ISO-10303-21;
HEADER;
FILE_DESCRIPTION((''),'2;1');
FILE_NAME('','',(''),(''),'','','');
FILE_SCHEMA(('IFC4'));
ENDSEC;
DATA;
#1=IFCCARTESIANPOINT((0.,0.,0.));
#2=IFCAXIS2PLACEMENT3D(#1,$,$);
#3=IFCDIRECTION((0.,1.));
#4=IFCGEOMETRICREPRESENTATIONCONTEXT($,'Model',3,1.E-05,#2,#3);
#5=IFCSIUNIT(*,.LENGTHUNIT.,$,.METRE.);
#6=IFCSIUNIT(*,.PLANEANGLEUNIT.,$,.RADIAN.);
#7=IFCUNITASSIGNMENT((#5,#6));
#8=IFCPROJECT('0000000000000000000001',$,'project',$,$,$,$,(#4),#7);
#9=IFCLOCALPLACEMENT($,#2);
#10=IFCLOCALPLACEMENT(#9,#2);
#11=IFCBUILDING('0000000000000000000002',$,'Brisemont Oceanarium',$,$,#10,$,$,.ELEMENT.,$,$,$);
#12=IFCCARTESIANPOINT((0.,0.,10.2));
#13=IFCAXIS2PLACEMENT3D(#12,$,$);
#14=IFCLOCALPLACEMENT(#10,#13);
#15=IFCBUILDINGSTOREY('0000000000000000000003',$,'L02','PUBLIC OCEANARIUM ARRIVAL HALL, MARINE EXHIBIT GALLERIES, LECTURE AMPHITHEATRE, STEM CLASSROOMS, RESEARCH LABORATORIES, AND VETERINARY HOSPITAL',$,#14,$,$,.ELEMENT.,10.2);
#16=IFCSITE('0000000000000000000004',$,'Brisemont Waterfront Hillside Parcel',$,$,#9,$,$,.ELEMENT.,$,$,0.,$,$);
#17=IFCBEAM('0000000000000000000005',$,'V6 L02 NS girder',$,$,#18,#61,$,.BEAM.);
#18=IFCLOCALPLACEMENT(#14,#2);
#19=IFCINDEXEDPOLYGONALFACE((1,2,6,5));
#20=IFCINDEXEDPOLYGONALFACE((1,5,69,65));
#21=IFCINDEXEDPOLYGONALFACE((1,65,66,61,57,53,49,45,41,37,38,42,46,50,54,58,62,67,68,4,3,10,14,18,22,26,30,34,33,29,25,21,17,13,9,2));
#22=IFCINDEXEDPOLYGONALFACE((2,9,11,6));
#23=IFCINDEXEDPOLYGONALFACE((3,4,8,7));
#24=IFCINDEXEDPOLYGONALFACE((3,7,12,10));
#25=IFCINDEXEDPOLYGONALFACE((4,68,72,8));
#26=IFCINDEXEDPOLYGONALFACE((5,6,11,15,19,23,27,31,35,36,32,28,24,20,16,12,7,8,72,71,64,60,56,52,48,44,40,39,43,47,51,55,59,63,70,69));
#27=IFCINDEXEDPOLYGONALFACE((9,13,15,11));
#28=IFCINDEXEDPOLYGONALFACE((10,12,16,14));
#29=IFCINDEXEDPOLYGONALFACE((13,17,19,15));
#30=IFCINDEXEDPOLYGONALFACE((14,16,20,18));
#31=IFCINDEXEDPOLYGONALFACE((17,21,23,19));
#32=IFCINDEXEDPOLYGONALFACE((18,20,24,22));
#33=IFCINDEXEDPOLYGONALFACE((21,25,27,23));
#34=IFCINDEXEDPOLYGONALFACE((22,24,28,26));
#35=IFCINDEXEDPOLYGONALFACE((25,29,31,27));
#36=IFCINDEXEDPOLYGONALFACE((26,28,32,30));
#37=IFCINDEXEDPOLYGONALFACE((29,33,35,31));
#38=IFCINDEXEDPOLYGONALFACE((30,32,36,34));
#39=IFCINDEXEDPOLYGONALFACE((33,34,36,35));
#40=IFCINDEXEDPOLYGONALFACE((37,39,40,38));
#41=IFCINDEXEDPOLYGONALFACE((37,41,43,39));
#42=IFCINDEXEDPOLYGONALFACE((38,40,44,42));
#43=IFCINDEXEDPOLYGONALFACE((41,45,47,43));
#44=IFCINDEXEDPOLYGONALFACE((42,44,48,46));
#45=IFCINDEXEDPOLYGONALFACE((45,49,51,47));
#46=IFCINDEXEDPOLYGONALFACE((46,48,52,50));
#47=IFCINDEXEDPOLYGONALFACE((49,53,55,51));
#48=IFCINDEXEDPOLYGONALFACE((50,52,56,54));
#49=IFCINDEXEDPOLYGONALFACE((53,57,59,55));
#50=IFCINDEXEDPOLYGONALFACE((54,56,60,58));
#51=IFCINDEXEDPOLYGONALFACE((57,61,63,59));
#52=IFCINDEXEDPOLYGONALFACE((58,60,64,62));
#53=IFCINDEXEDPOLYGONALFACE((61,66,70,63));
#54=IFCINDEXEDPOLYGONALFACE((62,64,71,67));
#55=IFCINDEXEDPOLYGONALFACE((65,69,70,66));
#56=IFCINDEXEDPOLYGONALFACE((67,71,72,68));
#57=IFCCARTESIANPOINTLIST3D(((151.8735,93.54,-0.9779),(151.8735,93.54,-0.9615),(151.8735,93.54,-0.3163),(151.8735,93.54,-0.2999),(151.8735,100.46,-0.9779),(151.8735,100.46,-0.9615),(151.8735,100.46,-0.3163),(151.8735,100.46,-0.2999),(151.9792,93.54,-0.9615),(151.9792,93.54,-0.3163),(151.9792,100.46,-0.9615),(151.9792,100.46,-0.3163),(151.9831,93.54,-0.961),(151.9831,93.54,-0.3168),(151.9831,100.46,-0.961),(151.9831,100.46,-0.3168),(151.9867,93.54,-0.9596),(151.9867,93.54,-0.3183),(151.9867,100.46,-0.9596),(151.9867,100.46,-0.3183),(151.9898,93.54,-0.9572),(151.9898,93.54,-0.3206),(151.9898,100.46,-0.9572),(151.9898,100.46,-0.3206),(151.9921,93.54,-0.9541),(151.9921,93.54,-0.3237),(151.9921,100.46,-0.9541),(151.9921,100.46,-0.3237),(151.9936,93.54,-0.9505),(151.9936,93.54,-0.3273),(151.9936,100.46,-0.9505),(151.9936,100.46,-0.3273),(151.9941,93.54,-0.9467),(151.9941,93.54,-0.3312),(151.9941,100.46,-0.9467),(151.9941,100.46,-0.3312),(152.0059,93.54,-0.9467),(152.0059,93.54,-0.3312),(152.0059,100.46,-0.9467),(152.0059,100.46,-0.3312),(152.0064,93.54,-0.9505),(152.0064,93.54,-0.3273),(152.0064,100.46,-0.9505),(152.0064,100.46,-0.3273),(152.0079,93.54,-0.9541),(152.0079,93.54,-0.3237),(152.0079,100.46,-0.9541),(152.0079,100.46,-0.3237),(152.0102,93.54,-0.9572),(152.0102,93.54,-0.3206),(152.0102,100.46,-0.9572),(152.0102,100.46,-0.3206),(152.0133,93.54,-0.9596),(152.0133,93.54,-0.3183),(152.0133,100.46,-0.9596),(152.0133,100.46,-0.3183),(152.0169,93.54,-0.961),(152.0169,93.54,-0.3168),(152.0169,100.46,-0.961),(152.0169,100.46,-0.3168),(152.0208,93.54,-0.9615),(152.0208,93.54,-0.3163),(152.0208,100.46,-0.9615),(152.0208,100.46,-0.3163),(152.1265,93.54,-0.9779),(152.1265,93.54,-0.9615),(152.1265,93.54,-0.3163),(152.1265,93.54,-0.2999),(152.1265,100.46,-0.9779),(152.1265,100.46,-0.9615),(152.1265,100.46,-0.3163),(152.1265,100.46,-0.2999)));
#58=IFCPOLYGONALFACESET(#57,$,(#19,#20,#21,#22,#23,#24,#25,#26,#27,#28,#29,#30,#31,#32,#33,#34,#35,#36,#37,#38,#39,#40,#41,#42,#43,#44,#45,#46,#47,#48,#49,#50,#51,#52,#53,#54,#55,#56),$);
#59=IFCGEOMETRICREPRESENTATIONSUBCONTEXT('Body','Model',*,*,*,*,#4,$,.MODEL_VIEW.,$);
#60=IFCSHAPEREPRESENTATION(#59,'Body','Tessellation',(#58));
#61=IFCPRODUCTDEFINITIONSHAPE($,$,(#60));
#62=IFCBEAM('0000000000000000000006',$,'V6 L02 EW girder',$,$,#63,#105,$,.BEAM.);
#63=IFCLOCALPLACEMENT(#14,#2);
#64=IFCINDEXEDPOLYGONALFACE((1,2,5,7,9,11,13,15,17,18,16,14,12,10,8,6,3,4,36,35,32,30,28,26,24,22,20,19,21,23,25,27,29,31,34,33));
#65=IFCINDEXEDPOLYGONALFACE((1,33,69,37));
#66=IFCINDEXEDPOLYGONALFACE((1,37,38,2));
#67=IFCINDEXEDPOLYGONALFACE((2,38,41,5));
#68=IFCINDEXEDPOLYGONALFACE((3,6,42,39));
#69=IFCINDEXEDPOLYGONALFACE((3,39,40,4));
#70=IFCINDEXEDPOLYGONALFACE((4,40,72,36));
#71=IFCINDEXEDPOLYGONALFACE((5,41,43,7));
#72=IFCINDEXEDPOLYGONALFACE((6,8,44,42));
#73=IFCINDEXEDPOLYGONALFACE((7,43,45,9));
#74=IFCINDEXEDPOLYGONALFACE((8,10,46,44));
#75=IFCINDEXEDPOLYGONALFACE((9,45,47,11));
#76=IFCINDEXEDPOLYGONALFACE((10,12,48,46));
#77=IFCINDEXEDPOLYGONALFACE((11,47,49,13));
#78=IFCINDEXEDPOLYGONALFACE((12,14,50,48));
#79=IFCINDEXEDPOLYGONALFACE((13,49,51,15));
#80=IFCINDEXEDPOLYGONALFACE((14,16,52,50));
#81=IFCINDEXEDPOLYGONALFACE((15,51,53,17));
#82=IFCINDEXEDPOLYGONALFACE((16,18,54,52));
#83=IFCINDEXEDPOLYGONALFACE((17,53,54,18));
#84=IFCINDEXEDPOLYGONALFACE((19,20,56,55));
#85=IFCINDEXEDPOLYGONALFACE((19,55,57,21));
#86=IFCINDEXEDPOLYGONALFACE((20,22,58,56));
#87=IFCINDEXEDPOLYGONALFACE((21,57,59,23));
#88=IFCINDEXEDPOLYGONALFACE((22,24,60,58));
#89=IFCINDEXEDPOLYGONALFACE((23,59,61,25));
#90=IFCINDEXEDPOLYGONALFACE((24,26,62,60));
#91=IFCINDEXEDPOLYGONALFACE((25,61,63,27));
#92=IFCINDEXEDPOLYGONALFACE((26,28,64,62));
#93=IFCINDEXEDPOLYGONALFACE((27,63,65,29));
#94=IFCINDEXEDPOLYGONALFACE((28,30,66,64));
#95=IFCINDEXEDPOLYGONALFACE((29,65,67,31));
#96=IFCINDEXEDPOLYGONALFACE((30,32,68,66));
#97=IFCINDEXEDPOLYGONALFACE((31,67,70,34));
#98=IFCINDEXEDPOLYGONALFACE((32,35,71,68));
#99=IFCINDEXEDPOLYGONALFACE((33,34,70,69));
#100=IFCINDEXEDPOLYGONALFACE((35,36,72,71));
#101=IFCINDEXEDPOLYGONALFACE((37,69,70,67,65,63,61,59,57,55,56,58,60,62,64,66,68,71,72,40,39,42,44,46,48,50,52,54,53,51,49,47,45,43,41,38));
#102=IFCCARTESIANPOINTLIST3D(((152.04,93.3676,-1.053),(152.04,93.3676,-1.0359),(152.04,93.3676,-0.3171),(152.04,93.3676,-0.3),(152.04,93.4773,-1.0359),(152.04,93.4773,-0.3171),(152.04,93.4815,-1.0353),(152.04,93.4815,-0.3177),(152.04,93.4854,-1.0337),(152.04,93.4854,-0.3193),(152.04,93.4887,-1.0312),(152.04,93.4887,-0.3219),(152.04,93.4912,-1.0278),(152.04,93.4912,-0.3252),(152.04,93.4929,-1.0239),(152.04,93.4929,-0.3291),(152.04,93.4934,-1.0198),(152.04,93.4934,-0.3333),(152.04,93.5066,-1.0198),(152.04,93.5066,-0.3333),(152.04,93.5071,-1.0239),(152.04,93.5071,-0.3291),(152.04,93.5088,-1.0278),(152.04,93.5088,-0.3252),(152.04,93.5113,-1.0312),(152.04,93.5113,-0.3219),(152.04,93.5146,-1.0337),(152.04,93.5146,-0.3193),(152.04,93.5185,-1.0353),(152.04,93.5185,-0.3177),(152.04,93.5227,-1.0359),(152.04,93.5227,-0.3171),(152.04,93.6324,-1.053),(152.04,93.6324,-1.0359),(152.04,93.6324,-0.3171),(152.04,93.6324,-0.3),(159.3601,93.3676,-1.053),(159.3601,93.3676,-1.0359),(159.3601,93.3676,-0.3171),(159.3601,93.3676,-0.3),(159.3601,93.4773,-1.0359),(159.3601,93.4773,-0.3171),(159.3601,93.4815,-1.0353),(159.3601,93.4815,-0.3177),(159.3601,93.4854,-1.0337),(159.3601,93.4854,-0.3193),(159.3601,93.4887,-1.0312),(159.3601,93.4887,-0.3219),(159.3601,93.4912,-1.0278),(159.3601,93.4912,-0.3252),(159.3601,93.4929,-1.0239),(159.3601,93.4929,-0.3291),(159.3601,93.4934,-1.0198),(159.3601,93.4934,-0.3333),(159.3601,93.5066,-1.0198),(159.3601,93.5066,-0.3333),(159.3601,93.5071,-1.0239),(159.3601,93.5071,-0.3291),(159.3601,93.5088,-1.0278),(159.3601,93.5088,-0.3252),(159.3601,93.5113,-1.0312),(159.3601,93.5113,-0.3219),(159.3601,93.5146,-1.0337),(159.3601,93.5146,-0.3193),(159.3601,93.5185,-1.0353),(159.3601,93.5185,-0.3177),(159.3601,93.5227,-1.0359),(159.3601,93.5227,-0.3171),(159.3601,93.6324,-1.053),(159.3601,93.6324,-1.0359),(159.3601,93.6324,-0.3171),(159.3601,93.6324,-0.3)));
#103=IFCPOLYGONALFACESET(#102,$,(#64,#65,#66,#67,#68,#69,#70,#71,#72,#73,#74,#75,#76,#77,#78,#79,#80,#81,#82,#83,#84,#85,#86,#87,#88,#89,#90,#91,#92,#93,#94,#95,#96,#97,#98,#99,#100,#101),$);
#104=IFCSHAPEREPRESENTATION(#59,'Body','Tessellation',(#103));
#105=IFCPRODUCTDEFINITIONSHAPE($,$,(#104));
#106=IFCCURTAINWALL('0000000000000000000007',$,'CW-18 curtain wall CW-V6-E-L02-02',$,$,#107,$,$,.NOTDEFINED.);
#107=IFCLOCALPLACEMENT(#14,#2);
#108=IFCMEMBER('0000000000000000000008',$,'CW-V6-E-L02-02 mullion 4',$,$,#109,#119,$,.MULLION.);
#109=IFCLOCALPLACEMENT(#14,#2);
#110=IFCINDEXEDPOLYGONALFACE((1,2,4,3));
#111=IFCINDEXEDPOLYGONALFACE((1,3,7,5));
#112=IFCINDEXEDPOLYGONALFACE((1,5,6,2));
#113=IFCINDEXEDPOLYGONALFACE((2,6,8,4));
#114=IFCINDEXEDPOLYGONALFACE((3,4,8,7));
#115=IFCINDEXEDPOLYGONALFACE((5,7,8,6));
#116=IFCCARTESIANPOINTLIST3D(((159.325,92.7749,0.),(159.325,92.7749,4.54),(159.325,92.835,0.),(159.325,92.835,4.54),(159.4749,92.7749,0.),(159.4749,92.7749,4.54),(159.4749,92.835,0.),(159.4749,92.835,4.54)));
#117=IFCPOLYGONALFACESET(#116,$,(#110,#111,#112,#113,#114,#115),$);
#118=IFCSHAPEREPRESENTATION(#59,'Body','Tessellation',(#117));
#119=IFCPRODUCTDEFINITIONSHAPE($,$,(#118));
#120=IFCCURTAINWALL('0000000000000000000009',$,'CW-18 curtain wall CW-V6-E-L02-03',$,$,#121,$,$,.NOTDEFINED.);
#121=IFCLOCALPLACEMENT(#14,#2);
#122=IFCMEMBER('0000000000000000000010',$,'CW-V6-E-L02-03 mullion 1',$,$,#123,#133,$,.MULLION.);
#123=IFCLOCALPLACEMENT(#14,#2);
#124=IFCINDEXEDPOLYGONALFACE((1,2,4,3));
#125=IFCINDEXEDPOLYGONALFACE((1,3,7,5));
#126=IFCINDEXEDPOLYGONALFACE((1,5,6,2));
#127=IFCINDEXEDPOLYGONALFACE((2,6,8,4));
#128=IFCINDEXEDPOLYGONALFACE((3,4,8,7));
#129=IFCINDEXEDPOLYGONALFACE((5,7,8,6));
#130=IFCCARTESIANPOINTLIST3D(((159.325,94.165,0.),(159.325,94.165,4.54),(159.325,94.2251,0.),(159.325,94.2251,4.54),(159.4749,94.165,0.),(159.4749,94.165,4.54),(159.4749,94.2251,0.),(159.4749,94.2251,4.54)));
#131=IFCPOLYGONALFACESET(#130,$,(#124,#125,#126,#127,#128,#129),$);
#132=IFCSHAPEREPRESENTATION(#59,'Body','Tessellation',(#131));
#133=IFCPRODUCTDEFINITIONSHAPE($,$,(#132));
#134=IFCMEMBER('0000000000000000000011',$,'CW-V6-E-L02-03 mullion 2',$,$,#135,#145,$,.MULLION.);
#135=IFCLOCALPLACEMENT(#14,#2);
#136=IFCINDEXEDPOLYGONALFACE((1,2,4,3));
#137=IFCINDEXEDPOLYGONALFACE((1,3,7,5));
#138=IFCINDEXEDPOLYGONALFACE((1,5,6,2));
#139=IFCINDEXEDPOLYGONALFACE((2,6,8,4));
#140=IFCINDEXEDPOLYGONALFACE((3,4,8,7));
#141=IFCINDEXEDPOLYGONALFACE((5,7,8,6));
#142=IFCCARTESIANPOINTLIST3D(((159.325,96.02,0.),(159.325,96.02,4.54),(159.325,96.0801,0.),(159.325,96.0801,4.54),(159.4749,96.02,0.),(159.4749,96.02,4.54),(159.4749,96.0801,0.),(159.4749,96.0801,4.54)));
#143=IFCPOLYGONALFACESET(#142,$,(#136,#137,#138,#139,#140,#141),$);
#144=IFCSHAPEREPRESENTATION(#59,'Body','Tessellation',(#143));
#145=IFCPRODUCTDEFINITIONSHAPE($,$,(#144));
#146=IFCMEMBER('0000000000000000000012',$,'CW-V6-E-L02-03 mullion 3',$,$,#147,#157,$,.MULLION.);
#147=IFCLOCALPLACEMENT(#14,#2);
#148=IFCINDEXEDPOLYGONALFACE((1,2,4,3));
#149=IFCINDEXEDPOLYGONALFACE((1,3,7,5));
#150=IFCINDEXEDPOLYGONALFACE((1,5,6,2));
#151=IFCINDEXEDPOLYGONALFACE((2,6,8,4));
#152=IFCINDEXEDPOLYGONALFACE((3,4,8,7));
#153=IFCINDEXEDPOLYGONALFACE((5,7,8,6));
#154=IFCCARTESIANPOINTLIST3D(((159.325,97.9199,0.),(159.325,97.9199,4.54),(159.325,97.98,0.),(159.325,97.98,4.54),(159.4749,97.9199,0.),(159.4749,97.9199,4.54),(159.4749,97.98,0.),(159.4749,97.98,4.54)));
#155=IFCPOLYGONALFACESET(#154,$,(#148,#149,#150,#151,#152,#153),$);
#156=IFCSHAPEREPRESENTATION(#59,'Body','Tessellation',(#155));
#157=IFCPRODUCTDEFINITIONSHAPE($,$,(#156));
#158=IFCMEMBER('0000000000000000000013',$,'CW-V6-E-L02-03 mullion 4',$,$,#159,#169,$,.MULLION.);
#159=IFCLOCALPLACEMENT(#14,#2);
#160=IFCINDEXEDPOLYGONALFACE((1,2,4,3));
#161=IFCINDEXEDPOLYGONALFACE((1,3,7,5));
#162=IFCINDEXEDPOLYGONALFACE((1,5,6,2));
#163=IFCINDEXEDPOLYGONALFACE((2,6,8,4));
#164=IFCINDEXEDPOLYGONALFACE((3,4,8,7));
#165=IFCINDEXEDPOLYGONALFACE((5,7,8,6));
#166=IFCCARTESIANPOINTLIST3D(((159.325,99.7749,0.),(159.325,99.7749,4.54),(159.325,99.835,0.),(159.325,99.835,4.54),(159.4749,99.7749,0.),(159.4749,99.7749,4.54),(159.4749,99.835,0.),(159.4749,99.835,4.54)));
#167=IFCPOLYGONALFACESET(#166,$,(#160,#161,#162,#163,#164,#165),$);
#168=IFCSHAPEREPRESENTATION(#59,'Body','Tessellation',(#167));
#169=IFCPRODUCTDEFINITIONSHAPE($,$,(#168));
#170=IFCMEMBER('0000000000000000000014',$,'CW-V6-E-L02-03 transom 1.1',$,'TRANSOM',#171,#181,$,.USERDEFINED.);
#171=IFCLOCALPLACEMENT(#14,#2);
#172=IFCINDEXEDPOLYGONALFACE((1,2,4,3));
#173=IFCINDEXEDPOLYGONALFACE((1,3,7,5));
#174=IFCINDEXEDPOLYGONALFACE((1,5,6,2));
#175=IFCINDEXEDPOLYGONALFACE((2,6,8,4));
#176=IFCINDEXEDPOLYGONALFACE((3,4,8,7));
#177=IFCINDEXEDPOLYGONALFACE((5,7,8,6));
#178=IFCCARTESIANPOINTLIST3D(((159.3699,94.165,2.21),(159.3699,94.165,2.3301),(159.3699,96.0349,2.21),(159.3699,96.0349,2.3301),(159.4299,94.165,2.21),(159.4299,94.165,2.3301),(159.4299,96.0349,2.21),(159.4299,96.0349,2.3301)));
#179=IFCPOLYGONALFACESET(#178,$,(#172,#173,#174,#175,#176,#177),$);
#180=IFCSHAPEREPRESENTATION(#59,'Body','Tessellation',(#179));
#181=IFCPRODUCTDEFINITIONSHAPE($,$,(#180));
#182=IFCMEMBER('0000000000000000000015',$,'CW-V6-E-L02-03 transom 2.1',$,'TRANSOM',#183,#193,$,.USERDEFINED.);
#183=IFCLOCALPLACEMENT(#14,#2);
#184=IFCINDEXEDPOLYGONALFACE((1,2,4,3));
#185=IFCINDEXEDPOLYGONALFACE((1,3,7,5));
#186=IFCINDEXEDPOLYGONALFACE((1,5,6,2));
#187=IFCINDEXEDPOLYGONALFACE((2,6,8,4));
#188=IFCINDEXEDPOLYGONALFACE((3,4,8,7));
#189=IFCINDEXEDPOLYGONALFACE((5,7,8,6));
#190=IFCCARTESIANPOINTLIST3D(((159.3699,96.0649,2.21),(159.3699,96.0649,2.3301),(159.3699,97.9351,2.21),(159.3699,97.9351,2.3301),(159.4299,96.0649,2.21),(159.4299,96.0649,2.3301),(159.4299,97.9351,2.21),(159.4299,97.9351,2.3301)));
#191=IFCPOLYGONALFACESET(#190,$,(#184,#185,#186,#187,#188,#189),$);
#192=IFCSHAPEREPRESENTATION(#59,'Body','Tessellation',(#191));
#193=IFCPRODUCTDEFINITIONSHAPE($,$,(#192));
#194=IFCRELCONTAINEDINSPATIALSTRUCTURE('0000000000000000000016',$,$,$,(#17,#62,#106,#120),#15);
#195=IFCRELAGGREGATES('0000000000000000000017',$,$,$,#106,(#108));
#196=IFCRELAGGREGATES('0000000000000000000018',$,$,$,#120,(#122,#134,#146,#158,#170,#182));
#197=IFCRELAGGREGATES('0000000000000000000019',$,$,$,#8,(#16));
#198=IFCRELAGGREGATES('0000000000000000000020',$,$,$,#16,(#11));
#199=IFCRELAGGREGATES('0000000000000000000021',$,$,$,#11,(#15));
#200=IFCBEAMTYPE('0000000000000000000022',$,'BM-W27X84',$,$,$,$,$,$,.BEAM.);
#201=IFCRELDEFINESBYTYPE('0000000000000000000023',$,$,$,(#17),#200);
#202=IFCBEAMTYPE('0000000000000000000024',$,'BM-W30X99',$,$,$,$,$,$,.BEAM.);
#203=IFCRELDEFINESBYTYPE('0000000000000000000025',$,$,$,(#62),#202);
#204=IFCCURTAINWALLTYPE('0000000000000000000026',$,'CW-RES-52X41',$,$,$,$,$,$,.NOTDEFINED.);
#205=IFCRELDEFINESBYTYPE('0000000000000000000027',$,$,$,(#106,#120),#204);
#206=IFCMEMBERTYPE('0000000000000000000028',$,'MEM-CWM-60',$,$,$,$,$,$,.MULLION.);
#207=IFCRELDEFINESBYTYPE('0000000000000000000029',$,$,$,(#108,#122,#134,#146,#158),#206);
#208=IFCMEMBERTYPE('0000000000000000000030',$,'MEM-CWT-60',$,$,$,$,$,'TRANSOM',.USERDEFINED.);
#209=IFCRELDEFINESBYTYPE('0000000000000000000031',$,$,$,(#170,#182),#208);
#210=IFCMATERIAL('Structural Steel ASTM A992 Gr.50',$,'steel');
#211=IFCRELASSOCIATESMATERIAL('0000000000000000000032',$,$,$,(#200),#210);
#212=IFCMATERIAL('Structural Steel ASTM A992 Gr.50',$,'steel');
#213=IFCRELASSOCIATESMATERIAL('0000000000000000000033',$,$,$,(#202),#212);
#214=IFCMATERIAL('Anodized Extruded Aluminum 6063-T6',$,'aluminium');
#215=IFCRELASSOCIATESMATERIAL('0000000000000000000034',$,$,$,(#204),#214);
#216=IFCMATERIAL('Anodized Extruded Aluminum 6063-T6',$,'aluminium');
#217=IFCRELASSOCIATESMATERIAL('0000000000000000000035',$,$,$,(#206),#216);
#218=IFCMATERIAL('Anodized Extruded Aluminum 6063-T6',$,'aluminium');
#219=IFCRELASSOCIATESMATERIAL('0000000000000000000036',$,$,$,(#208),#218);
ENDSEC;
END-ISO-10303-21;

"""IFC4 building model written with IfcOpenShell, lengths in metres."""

from ifc_helpers import new_model, si_unit, direction, frame, origin, origin_2d, place, context, subcontext, project, spatial, rectangle, i_section, extrude, material, material_profile, profile_set, type_object, element, aggregate, save


model = new_model("IFC4")

# Units and contexts
model_context = context("Model", 3, precision=1e-05, world=origin(), true_north=direction((0.0, 1.0)))
body_context = subcontext(model_context, "Body", "Model", "MODEL_VIEW")
ifc_project = project(units=[si_unit("LENGTHUNIT", "METRE"), si_unit("PLANEANGLEUNIT", "RADIAN")], contexts=[model_context])

# Site, building, storey
site_placement = place(None, origin())
site = spatial("IfcSite", under=ifc_project, at=site_placement, Name="Brisemont Waterfront Hillside Parcel", CompositionType="ELEMENT", RefElevation=0.0)
building_placement = place(site_placement, origin())
building = spatial("IfcBuilding", under=site, at=building_placement, Name="Brisemont Oceanarium", CompositionType="ELEMENT")
storey_placement = place(building_placement, frame((0.0, 0.0, 10.2)))
storey = spatial("IfcBuildingStorey", under=building, at=storey_placement, Name="L02", Description="PUBLIC OCEANARIUM ARRIVAL HALL, MARINE EXHIBIT GALLERIES, LECTURE AMPHITHEATRE, STEM CLASSROOMS, RESEARCH LABORATORIES, AND VETERINARY HOSPITAL", CompositionType="ELEMENT", Elevation=10.2)

# Beams
ifc_material_1 = material(Name="Structural Steel ASTM A992 Gr.50", Category="steel")
ifc_material_profile_1 = material_profile(ifc_material_1, i_section(OverallWidth=0.2529, OverallDepth=0.678, WebThickness=0.0117, FlangeThickness=0.0164, FilletRadius=0.0149, at=origin_2d()), Name="W27X84")
ifc_profile_set_1 = profile_set([ifc_material_profile_1], Name="Structural Steel ASTM A992 Gr.50")
beam_type_1 = type_object("IfcBeamType", Name="BM-W27X84", PredefinedType="BEAM", material=ifc_profile_set_1)
beam_1_placement = place(storey_placement, frame((152.0, 93.54, -0.6389), z_axis=(0.0, 1.0, 0.0), x_axis=(-1.0, 0.0, 0.0)))
element("IfcBeam", 1, at=beam_1_placement, inside=storey, type_object=beam_type_1, Name="V6 L02 NS girder", PredefinedType="BEAM", context=body_context, shape_type="SweptSolid", body=[
    extrude(i_section(OverallWidth=0.2529, OverallDepth=0.678, WebThickness=0.0117, FlangeThickness=0.0164, FilletRadius=0.0149, at=origin_2d()), origin(), (0.0, 0.0, 1.0), 6.9199),
])
ifc_material_2 = material(Name="Structural Steel ASTM A992 Gr.50", Category="steel")
ifc_material_profile_2 = material_profile(ifc_material_2, i_section(OverallWidth=0.2649, OverallDepth=0.7529, WebThickness=0.0132, FlangeThickness=0.0171, FilletRadius=0.0161, at=origin_2d()), Name="W30X99")
ifc_profile_set_2 = profile_set([ifc_material_profile_2], Name="Structural Steel ASTM A992 Gr.50")
beam_type_2 = type_object("IfcBeamType", Name="BM-W30X99", PredefinedType="BEAM", material=ifc_profile_set_2)
beam_2_placement = place(storey_placement, frame((152.04, 93.5, -0.6765), z_axis=(1.0, 0.0, 0.0), x_axis=(0.0, 1.0, 0.0)))
element("IfcBeam", 2, at=beam_2_placement, inside=storey, type_object=beam_type_2, Name="V6 L02 EW girder", PredefinedType="BEAM", context=body_context, shape_type="SweptSolid", body=[
    extrude(i_section(OverallWidth=0.2649, OverallDepth=0.7529, WebThickness=0.0132, FlangeThickness=0.0171, FilletRadius=0.0161, at=origin_2d()), origin(), (0.0, 0.0, 1.0), 7.3201),
])

# Curtain wall, member
ifc_material_3 = material(Name="Anodized Extruded Aluminum 6063-T6", Category="aluminium")
curtain_wall_type = type_object("IfcCurtainWallType", Name="CW-RES-52X41", PredefinedType="NOTDEFINED", material=ifc_material_3)
curtain_wall_1_placement = place(storey_placement, origin())
curtain_wall_1 = element("IfcCurtainWall", 3, at=curtain_wall_1_placement, inside=storey, type_object=curtain_wall_type, Name="CW-18 curtain wall CW-V6-E-L02-02", PredefinedType="NOTDEFINED")
ifc_material_4 = material(Name="Anodized Extruded Aluminum 6063-T6", Category="aluminium")
ifc_material_profile_3 = material_profile(ifc_material_4, rectangle(XDim=0.0601, YDim=0.1499, at=origin_2d()), Name="CWM-60X150")
ifc_profile_set_3 = profile_set([ifc_material_profile_3], Name="Anodized Extruded Aluminum 6063-T6")
member_type_1 = type_object("IfcMemberType", Name="MEM-CWM-60", PredefinedType="MULLION", material=ifc_profile_set_3)
member_1_placement = place(storey_placement, frame((159.3999, 92.8049, 0.0), z_axis=(0.0, 0.0, 1.0), x_axis=(0.0, 1.0, 0.0)))
member_1 = element("IfcMember", 4, at=member_1_placement, type_object=member_type_1, Name="CW-V6-E-L02-02 mullion 4", PredefinedType="MULLION", context=body_context, shape_type="SweptSolid", body=[
    extrude(rectangle(XDim=0.0601, YDim=0.1499, at=origin_2d()), origin(), (0.0, 0.0, 1.0), 4.54),
])

# Curtain wall, members
curtain_wall_2_placement = place(storey_placement, origin())
curtain_wall_2 = element("IfcCurtainWall", 5, at=curtain_wall_2_placement, inside=storey, type_object=curtain_wall_type, Name="CW-18 curtain wall CW-V6-E-L02-03", PredefinedType="NOTDEFINED")
member_2_placement = place(storey_placement, frame((159.3999, 94.1951, 0.0), z_axis=(0.0, 0.0, 1.0), x_axis=(0.0, 1.0, 0.0)))
member_2 = element("IfcMember", 6, at=member_2_placement, type_object=member_type_1, Name="CW-V6-E-L02-03 mullion 1", PredefinedType="MULLION", context=body_context, shape_type="SweptSolid", body=[
    extrude(rectangle(XDim=0.0601, YDim=0.1499, at=origin_2d()), origin(), (0.0, 0.0, 1.0), 4.54),
])
member_3_placement = place(storey_placement, frame((159.3999, 96.05, 0.0), z_axis=(0.0, 0.0, 1.0), x_axis=(0.0, 1.0, 0.0)))
member_3 = element("IfcMember", 7, at=member_3_placement, type_object=member_type_1, Name="CW-V6-E-L02-03 mullion 2", PredefinedType="MULLION", context=body_context, shape_type="SweptSolid", body=[
    extrude(rectangle(XDim=0.0601, YDim=0.1499, at=origin_2d()), origin(), (0.0, 0.0, 1.0), 4.54),
])
member_4_placement = place(storey_placement, frame((159.3999, 97.95, 0.0), z_axis=(0.0, 0.0, 1.0), x_axis=(0.0, 1.0, 0.0)))
member_4 = element("IfcMember", 8, at=member_4_placement, type_object=member_type_1, Name="CW-V6-E-L02-03 mullion 3", PredefinedType="MULLION", context=body_context, shape_type="SweptSolid", body=[
    extrude(rectangle(XDim=0.0601, YDim=0.1499, at=origin_2d()), origin(), (0.0, 0.0, 1.0), 4.54),
])
member_5_placement = place(storey_placement, frame((159.3999, 99.8049, 0.0), z_axis=(0.0, 0.0, 1.0), x_axis=(0.0, 1.0, 0.0)))
member_5 = element("IfcMember", 9, at=member_5_placement, type_object=member_type_1, Name="CW-V6-E-L02-03 mullion 4", PredefinedType="MULLION", context=body_context, shape_type="SweptSolid", body=[
    extrude(rectangle(XDim=0.0601, YDim=0.1499, at=origin_2d()), origin(), (0.0, 0.0, 1.0), 4.54),
])
ifc_material_5 = material(Name="Anodized Extruded Aluminum 6063-T6", Category="aluminium")
ifc_material_profile_4 = material_profile(ifc_material_5, rectangle(XDim=0.0601, YDim=0.1201, at=origin_2d()), Name="CWT-60X120")
ifc_profile_set_4 = profile_set([ifc_material_profile_4], Name="Anodized Extruded Aluminum 6063-T6")
member_type_2 = type_object("IfcMemberType", Name="MEM-CWT-60", ElementType="TRANSOM", PredefinedType="USERDEFINED", material=ifc_profile_set_4)
member_6_placement = place(storey_placement, frame((159.3999, 94.165, 2.27), z_axis=(0.0, 1.0, 0.0), x_axis=(-1.0, 0.0, 0.0)))
member_6 = element("IfcMember", 10, at=member_6_placement, type_object=member_type_2, Name="CW-V6-E-L02-03 transom 1.1", ObjectType="TRANSOM", PredefinedType="USERDEFINED", context=body_context, shape_type="SweptSolid", body=[
    extrude(rectangle(XDim=0.0601, YDim=0.1201, at=origin_2d()), origin(), (0.0, 0.0, 1.0), 1.8699),
])
member_7_placement = place(storey_placement, frame((159.3999, 96.0649, 2.27), z_axis=(0.0, 1.0, 0.0), x_axis=(-1.0, 0.0, 0.0)))
member_7 = element("IfcMember", 11, at=member_7_placement, type_object=member_type_2, Name="CW-V6-E-L02-03 transom 2.1", ObjectType="TRANSOM", PredefinedType="USERDEFINED", context=body_context, shape_type="SweptSolid", body=[
    extrude(rectangle(XDim=0.0601, YDim=0.1201, at=origin_2d()), origin(), (0.0, 0.0, 1.0), 1.8701),
])

aggregate(curtain_wall_1, [member_1])
aggregate(curtain_wall_2, [member_2, member_3, member_4, member_5, member_6, member_7])

save(model, "model.ifc")
